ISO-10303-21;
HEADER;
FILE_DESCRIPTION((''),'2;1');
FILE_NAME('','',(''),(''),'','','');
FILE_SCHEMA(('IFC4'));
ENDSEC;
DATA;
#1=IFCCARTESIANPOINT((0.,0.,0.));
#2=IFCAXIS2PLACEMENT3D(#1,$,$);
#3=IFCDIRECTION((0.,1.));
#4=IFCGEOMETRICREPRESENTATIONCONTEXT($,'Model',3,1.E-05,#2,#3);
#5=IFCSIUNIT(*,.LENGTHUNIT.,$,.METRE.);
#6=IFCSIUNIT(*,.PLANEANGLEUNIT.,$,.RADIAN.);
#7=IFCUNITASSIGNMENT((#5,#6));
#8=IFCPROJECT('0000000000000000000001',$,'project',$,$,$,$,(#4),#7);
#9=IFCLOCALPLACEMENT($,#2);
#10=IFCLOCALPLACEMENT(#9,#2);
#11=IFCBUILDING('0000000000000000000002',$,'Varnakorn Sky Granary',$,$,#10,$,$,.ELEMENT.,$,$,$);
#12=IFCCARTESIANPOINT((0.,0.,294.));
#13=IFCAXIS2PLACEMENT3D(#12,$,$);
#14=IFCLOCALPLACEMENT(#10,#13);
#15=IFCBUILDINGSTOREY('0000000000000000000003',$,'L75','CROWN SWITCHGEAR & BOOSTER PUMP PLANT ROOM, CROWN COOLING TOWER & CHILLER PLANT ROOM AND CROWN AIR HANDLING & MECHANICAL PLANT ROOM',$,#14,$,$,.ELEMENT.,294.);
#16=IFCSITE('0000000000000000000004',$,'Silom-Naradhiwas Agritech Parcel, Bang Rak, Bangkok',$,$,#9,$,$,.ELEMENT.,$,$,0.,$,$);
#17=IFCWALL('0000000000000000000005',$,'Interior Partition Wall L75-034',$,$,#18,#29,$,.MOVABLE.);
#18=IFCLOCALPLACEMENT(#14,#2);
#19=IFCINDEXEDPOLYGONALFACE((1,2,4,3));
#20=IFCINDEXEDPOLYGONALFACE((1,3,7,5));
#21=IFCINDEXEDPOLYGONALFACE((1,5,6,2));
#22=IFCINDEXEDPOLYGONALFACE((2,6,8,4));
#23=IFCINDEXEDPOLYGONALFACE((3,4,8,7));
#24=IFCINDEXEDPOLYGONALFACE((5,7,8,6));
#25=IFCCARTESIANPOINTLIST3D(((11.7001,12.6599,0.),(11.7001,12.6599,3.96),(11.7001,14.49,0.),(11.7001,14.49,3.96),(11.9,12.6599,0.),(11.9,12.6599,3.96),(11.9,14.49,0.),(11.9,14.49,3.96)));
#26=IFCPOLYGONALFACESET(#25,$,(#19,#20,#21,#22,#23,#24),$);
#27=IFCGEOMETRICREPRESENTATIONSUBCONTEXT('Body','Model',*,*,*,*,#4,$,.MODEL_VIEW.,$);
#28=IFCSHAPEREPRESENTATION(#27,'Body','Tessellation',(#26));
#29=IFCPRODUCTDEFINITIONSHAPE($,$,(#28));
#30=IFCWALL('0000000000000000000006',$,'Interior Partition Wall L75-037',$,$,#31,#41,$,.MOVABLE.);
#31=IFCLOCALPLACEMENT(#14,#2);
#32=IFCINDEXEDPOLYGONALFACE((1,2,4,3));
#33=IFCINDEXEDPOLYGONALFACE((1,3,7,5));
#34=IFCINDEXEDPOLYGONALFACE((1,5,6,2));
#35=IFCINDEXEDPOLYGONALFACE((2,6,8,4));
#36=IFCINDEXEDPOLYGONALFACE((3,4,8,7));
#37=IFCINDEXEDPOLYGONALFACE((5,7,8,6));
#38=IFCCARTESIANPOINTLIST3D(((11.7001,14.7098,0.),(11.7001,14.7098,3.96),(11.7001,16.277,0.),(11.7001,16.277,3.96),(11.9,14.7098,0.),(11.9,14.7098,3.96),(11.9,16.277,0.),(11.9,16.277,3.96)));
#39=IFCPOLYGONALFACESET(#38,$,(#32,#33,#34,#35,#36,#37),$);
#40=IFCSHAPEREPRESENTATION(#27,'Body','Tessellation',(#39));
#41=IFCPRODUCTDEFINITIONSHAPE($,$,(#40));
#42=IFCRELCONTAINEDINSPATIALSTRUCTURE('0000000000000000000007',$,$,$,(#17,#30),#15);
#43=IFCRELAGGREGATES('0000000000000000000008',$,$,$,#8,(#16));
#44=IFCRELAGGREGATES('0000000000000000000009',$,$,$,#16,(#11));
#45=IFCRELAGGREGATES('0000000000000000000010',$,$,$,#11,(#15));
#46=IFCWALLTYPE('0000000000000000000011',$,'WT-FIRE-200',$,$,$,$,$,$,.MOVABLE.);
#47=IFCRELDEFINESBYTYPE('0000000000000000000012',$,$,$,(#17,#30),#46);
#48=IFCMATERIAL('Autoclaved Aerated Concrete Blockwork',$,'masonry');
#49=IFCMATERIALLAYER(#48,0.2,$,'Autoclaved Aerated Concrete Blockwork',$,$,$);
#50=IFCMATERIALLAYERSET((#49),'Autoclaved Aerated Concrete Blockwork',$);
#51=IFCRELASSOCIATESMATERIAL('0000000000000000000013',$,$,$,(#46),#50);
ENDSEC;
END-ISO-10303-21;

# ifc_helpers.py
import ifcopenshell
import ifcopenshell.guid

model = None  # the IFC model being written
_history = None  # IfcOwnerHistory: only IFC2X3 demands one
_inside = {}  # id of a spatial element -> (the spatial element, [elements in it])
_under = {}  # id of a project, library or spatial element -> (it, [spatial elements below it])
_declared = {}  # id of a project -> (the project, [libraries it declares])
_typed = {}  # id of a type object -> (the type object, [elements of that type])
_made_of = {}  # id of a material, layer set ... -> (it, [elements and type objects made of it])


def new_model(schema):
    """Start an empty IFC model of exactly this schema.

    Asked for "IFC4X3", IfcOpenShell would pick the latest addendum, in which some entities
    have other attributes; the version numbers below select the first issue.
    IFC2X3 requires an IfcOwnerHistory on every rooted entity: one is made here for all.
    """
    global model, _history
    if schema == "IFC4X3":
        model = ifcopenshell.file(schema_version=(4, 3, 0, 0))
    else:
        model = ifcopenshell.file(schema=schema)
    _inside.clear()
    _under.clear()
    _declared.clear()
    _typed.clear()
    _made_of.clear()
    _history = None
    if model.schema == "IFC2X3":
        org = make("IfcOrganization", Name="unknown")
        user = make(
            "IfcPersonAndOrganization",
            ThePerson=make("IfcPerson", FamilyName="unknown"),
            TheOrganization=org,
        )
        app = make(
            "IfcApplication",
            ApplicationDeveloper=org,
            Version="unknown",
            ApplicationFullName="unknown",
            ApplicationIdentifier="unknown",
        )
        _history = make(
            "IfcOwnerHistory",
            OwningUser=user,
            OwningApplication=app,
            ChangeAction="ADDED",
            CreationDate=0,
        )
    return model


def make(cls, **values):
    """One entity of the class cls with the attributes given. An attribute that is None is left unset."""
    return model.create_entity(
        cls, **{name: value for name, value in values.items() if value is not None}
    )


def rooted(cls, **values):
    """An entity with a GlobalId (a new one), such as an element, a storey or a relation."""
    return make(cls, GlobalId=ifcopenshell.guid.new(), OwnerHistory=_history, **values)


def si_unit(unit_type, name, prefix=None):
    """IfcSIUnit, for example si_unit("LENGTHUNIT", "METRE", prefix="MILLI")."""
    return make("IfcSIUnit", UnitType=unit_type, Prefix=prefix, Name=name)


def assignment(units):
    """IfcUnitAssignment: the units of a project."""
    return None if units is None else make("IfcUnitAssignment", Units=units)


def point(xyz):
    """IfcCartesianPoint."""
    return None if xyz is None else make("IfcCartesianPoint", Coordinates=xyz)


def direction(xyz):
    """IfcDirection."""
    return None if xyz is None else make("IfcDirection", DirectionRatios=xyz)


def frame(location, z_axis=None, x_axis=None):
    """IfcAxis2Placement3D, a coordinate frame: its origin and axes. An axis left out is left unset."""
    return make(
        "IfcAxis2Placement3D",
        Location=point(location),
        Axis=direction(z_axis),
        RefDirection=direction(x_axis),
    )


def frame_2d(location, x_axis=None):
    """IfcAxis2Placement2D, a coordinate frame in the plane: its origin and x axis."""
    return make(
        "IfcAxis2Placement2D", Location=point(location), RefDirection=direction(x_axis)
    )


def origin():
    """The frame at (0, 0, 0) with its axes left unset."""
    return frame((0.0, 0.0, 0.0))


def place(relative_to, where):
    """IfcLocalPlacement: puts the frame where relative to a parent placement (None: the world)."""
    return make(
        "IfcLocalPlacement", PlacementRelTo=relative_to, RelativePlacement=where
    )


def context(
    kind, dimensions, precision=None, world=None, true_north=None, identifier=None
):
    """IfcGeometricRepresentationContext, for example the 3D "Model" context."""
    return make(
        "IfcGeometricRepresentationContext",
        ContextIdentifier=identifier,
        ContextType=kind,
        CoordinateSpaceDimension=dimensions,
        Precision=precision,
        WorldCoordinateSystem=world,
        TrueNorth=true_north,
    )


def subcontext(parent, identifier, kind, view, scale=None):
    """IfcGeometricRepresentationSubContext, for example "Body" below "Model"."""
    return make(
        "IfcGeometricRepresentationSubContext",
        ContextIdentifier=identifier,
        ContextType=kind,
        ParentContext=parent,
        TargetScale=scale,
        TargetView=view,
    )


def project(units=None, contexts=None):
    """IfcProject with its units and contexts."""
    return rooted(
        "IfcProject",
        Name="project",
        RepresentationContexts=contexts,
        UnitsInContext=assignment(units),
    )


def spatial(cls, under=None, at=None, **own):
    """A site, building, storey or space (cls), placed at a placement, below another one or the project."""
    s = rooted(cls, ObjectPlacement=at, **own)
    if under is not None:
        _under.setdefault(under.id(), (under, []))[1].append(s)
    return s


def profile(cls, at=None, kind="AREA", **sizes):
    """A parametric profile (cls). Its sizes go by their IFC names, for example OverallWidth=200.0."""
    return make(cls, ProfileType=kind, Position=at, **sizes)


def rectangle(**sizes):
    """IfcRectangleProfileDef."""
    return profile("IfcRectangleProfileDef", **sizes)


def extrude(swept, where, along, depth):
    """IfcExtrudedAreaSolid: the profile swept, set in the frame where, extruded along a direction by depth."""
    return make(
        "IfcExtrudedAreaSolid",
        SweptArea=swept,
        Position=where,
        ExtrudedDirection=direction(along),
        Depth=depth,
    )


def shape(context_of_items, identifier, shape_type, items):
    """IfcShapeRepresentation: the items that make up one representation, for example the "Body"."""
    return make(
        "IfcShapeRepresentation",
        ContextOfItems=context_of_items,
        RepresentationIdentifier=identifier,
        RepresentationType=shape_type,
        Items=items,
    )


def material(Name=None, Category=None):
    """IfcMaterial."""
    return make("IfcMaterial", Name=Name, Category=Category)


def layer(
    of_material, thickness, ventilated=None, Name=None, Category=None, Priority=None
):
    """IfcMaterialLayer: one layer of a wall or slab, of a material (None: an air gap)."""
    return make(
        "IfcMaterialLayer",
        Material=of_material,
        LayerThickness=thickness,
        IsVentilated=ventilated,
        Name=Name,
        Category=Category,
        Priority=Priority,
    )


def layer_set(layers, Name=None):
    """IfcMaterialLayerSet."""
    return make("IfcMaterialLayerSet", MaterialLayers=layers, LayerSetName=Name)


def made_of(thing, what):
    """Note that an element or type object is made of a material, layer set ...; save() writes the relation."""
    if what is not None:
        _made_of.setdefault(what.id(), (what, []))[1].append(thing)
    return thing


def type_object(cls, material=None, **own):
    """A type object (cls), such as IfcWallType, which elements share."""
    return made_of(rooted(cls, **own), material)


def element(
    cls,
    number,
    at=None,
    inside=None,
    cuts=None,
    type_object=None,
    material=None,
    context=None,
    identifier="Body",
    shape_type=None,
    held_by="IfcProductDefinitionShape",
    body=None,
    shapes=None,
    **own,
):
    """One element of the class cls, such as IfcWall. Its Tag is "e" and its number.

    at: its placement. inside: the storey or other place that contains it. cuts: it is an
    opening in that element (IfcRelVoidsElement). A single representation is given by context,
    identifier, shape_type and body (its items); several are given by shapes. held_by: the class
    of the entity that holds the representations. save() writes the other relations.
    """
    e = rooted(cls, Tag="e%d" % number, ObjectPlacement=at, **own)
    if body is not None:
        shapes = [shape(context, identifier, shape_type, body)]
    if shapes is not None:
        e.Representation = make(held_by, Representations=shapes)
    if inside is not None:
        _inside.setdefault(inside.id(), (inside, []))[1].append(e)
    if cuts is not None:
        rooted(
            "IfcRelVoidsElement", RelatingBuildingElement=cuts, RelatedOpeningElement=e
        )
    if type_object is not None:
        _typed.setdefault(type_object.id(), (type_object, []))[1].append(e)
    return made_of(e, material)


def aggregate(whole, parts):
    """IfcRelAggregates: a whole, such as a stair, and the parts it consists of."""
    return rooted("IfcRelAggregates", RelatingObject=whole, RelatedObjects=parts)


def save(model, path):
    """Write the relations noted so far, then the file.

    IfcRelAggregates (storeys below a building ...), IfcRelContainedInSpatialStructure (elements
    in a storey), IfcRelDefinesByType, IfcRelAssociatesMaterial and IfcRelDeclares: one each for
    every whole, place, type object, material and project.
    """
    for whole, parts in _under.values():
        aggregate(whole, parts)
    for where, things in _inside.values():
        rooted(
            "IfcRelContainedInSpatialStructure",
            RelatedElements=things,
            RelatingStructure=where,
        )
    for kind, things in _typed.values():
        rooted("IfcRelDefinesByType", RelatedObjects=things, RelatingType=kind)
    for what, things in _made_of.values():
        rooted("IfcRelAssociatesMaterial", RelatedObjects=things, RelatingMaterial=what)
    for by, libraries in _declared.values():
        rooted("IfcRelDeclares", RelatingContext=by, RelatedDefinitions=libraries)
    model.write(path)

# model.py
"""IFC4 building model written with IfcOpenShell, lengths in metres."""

from ifc_helpers import new_model, si_unit, direction, frame, frame_2d, origin, place, context, subcontext, project, spatial, rectangle, extrude, material, layer, layer_set, type_object, element, save


model = new_model("IFC4")

# Units and contexts
model_context = context("Model", 3, precision=1e-05, world=origin(), true_north=direction((0.0, 1.0)))
body_context = subcontext(model_context, "Body", "Model", "MODEL_VIEW")
ifc_project = project(units=[si_unit("LENGTHUNIT", "METRE"), si_unit("PLANEANGLEUNIT", "RADIAN")], contexts=[model_context])

# Site, building, storey
site_placement = place(None, origin())
site = spatial("IfcSite", under=ifc_project, at=site_placement, Name="Silom-Naradhiwas Agritech Parcel, Bang Rak, Bangkok", CompositionType="ELEMENT", RefElevation=0.0)
building_placement = place(site_placement, origin())
building = spatial("IfcBuilding", under=site, at=building_placement, Name="Varnakorn Sky Granary", CompositionType="ELEMENT")
storey_placement = place(building_placement, frame((0.0, 0.0, 294.0)))
storey = spatial("IfcBuildingStorey", under=building, at=storey_placement, Name="L75", Description="CROWN SWITCHGEAR & BOOSTER PUMP PLANT ROOM, CROWN COOLING TOWER & CHILLER PLANT ROOM AND CROWN AIR HANDLING & MECHANICAL PLANT ROOM", CompositionType="ELEMENT", Elevation=294.0)

# Walls
ifc_material_1 = material(Name="Autoclaved Aerated Concrete Blockwork", Category="masonry")
ifc_layer_1 = layer(ifc_material_1, 0.2, Name="Autoclaved Aerated Concrete Blockwork")
ifc_layer_set_1 = layer_set([ifc_layer_1], Name="Autoclaved Aerated Concrete Blockwork")
wall_type = type_object("IfcWallType", Name="WT-FIRE-200", PredefinedType="MOVABLE", material=ifc_layer_set_1)
wall_1_placement = place(storey_placement, frame((11.8, 12.6599, 0.0), z_axis=(0.0, 0.0, 1.0), x_axis=(0.0, 1.0, 0.0)))
element("IfcWall", 1, at=wall_1_placement, inside=storey, type_object=wall_type, Name="Interior Partition Wall L75-034", PredefinedType="MOVABLE", context=body_context, shape_type="SweptSolid", body=[
    extrude(rectangle(XDim=1.8301, YDim=0.2, at=frame_2d((0.915, 0.0))), origin(), (0.0, 0.0, 1.0), 3.96),
])
wall_2_placement = place(storey_placement, frame((11.8, 16.2771, 0.0), z_axis=(0.0, 0.0, 1.0), x_axis=(0.0, -1.0, 0.0)))
element("IfcWall", 2, at=wall_2_placement, inside=storey, type_object=wall_type, Name="Interior Partition Wall L75-037", PredefinedType="MOVABLE", context=body_context, shape_type="SweptSolid", body=[
    extrude(rectangle(XDim=1.5671, YDim=0.2, at=frame_2d((0.7837, 0.0))), origin(), (0.0, 0.0, 1.0), 3.96),
])

save(model, "model.ifc")
